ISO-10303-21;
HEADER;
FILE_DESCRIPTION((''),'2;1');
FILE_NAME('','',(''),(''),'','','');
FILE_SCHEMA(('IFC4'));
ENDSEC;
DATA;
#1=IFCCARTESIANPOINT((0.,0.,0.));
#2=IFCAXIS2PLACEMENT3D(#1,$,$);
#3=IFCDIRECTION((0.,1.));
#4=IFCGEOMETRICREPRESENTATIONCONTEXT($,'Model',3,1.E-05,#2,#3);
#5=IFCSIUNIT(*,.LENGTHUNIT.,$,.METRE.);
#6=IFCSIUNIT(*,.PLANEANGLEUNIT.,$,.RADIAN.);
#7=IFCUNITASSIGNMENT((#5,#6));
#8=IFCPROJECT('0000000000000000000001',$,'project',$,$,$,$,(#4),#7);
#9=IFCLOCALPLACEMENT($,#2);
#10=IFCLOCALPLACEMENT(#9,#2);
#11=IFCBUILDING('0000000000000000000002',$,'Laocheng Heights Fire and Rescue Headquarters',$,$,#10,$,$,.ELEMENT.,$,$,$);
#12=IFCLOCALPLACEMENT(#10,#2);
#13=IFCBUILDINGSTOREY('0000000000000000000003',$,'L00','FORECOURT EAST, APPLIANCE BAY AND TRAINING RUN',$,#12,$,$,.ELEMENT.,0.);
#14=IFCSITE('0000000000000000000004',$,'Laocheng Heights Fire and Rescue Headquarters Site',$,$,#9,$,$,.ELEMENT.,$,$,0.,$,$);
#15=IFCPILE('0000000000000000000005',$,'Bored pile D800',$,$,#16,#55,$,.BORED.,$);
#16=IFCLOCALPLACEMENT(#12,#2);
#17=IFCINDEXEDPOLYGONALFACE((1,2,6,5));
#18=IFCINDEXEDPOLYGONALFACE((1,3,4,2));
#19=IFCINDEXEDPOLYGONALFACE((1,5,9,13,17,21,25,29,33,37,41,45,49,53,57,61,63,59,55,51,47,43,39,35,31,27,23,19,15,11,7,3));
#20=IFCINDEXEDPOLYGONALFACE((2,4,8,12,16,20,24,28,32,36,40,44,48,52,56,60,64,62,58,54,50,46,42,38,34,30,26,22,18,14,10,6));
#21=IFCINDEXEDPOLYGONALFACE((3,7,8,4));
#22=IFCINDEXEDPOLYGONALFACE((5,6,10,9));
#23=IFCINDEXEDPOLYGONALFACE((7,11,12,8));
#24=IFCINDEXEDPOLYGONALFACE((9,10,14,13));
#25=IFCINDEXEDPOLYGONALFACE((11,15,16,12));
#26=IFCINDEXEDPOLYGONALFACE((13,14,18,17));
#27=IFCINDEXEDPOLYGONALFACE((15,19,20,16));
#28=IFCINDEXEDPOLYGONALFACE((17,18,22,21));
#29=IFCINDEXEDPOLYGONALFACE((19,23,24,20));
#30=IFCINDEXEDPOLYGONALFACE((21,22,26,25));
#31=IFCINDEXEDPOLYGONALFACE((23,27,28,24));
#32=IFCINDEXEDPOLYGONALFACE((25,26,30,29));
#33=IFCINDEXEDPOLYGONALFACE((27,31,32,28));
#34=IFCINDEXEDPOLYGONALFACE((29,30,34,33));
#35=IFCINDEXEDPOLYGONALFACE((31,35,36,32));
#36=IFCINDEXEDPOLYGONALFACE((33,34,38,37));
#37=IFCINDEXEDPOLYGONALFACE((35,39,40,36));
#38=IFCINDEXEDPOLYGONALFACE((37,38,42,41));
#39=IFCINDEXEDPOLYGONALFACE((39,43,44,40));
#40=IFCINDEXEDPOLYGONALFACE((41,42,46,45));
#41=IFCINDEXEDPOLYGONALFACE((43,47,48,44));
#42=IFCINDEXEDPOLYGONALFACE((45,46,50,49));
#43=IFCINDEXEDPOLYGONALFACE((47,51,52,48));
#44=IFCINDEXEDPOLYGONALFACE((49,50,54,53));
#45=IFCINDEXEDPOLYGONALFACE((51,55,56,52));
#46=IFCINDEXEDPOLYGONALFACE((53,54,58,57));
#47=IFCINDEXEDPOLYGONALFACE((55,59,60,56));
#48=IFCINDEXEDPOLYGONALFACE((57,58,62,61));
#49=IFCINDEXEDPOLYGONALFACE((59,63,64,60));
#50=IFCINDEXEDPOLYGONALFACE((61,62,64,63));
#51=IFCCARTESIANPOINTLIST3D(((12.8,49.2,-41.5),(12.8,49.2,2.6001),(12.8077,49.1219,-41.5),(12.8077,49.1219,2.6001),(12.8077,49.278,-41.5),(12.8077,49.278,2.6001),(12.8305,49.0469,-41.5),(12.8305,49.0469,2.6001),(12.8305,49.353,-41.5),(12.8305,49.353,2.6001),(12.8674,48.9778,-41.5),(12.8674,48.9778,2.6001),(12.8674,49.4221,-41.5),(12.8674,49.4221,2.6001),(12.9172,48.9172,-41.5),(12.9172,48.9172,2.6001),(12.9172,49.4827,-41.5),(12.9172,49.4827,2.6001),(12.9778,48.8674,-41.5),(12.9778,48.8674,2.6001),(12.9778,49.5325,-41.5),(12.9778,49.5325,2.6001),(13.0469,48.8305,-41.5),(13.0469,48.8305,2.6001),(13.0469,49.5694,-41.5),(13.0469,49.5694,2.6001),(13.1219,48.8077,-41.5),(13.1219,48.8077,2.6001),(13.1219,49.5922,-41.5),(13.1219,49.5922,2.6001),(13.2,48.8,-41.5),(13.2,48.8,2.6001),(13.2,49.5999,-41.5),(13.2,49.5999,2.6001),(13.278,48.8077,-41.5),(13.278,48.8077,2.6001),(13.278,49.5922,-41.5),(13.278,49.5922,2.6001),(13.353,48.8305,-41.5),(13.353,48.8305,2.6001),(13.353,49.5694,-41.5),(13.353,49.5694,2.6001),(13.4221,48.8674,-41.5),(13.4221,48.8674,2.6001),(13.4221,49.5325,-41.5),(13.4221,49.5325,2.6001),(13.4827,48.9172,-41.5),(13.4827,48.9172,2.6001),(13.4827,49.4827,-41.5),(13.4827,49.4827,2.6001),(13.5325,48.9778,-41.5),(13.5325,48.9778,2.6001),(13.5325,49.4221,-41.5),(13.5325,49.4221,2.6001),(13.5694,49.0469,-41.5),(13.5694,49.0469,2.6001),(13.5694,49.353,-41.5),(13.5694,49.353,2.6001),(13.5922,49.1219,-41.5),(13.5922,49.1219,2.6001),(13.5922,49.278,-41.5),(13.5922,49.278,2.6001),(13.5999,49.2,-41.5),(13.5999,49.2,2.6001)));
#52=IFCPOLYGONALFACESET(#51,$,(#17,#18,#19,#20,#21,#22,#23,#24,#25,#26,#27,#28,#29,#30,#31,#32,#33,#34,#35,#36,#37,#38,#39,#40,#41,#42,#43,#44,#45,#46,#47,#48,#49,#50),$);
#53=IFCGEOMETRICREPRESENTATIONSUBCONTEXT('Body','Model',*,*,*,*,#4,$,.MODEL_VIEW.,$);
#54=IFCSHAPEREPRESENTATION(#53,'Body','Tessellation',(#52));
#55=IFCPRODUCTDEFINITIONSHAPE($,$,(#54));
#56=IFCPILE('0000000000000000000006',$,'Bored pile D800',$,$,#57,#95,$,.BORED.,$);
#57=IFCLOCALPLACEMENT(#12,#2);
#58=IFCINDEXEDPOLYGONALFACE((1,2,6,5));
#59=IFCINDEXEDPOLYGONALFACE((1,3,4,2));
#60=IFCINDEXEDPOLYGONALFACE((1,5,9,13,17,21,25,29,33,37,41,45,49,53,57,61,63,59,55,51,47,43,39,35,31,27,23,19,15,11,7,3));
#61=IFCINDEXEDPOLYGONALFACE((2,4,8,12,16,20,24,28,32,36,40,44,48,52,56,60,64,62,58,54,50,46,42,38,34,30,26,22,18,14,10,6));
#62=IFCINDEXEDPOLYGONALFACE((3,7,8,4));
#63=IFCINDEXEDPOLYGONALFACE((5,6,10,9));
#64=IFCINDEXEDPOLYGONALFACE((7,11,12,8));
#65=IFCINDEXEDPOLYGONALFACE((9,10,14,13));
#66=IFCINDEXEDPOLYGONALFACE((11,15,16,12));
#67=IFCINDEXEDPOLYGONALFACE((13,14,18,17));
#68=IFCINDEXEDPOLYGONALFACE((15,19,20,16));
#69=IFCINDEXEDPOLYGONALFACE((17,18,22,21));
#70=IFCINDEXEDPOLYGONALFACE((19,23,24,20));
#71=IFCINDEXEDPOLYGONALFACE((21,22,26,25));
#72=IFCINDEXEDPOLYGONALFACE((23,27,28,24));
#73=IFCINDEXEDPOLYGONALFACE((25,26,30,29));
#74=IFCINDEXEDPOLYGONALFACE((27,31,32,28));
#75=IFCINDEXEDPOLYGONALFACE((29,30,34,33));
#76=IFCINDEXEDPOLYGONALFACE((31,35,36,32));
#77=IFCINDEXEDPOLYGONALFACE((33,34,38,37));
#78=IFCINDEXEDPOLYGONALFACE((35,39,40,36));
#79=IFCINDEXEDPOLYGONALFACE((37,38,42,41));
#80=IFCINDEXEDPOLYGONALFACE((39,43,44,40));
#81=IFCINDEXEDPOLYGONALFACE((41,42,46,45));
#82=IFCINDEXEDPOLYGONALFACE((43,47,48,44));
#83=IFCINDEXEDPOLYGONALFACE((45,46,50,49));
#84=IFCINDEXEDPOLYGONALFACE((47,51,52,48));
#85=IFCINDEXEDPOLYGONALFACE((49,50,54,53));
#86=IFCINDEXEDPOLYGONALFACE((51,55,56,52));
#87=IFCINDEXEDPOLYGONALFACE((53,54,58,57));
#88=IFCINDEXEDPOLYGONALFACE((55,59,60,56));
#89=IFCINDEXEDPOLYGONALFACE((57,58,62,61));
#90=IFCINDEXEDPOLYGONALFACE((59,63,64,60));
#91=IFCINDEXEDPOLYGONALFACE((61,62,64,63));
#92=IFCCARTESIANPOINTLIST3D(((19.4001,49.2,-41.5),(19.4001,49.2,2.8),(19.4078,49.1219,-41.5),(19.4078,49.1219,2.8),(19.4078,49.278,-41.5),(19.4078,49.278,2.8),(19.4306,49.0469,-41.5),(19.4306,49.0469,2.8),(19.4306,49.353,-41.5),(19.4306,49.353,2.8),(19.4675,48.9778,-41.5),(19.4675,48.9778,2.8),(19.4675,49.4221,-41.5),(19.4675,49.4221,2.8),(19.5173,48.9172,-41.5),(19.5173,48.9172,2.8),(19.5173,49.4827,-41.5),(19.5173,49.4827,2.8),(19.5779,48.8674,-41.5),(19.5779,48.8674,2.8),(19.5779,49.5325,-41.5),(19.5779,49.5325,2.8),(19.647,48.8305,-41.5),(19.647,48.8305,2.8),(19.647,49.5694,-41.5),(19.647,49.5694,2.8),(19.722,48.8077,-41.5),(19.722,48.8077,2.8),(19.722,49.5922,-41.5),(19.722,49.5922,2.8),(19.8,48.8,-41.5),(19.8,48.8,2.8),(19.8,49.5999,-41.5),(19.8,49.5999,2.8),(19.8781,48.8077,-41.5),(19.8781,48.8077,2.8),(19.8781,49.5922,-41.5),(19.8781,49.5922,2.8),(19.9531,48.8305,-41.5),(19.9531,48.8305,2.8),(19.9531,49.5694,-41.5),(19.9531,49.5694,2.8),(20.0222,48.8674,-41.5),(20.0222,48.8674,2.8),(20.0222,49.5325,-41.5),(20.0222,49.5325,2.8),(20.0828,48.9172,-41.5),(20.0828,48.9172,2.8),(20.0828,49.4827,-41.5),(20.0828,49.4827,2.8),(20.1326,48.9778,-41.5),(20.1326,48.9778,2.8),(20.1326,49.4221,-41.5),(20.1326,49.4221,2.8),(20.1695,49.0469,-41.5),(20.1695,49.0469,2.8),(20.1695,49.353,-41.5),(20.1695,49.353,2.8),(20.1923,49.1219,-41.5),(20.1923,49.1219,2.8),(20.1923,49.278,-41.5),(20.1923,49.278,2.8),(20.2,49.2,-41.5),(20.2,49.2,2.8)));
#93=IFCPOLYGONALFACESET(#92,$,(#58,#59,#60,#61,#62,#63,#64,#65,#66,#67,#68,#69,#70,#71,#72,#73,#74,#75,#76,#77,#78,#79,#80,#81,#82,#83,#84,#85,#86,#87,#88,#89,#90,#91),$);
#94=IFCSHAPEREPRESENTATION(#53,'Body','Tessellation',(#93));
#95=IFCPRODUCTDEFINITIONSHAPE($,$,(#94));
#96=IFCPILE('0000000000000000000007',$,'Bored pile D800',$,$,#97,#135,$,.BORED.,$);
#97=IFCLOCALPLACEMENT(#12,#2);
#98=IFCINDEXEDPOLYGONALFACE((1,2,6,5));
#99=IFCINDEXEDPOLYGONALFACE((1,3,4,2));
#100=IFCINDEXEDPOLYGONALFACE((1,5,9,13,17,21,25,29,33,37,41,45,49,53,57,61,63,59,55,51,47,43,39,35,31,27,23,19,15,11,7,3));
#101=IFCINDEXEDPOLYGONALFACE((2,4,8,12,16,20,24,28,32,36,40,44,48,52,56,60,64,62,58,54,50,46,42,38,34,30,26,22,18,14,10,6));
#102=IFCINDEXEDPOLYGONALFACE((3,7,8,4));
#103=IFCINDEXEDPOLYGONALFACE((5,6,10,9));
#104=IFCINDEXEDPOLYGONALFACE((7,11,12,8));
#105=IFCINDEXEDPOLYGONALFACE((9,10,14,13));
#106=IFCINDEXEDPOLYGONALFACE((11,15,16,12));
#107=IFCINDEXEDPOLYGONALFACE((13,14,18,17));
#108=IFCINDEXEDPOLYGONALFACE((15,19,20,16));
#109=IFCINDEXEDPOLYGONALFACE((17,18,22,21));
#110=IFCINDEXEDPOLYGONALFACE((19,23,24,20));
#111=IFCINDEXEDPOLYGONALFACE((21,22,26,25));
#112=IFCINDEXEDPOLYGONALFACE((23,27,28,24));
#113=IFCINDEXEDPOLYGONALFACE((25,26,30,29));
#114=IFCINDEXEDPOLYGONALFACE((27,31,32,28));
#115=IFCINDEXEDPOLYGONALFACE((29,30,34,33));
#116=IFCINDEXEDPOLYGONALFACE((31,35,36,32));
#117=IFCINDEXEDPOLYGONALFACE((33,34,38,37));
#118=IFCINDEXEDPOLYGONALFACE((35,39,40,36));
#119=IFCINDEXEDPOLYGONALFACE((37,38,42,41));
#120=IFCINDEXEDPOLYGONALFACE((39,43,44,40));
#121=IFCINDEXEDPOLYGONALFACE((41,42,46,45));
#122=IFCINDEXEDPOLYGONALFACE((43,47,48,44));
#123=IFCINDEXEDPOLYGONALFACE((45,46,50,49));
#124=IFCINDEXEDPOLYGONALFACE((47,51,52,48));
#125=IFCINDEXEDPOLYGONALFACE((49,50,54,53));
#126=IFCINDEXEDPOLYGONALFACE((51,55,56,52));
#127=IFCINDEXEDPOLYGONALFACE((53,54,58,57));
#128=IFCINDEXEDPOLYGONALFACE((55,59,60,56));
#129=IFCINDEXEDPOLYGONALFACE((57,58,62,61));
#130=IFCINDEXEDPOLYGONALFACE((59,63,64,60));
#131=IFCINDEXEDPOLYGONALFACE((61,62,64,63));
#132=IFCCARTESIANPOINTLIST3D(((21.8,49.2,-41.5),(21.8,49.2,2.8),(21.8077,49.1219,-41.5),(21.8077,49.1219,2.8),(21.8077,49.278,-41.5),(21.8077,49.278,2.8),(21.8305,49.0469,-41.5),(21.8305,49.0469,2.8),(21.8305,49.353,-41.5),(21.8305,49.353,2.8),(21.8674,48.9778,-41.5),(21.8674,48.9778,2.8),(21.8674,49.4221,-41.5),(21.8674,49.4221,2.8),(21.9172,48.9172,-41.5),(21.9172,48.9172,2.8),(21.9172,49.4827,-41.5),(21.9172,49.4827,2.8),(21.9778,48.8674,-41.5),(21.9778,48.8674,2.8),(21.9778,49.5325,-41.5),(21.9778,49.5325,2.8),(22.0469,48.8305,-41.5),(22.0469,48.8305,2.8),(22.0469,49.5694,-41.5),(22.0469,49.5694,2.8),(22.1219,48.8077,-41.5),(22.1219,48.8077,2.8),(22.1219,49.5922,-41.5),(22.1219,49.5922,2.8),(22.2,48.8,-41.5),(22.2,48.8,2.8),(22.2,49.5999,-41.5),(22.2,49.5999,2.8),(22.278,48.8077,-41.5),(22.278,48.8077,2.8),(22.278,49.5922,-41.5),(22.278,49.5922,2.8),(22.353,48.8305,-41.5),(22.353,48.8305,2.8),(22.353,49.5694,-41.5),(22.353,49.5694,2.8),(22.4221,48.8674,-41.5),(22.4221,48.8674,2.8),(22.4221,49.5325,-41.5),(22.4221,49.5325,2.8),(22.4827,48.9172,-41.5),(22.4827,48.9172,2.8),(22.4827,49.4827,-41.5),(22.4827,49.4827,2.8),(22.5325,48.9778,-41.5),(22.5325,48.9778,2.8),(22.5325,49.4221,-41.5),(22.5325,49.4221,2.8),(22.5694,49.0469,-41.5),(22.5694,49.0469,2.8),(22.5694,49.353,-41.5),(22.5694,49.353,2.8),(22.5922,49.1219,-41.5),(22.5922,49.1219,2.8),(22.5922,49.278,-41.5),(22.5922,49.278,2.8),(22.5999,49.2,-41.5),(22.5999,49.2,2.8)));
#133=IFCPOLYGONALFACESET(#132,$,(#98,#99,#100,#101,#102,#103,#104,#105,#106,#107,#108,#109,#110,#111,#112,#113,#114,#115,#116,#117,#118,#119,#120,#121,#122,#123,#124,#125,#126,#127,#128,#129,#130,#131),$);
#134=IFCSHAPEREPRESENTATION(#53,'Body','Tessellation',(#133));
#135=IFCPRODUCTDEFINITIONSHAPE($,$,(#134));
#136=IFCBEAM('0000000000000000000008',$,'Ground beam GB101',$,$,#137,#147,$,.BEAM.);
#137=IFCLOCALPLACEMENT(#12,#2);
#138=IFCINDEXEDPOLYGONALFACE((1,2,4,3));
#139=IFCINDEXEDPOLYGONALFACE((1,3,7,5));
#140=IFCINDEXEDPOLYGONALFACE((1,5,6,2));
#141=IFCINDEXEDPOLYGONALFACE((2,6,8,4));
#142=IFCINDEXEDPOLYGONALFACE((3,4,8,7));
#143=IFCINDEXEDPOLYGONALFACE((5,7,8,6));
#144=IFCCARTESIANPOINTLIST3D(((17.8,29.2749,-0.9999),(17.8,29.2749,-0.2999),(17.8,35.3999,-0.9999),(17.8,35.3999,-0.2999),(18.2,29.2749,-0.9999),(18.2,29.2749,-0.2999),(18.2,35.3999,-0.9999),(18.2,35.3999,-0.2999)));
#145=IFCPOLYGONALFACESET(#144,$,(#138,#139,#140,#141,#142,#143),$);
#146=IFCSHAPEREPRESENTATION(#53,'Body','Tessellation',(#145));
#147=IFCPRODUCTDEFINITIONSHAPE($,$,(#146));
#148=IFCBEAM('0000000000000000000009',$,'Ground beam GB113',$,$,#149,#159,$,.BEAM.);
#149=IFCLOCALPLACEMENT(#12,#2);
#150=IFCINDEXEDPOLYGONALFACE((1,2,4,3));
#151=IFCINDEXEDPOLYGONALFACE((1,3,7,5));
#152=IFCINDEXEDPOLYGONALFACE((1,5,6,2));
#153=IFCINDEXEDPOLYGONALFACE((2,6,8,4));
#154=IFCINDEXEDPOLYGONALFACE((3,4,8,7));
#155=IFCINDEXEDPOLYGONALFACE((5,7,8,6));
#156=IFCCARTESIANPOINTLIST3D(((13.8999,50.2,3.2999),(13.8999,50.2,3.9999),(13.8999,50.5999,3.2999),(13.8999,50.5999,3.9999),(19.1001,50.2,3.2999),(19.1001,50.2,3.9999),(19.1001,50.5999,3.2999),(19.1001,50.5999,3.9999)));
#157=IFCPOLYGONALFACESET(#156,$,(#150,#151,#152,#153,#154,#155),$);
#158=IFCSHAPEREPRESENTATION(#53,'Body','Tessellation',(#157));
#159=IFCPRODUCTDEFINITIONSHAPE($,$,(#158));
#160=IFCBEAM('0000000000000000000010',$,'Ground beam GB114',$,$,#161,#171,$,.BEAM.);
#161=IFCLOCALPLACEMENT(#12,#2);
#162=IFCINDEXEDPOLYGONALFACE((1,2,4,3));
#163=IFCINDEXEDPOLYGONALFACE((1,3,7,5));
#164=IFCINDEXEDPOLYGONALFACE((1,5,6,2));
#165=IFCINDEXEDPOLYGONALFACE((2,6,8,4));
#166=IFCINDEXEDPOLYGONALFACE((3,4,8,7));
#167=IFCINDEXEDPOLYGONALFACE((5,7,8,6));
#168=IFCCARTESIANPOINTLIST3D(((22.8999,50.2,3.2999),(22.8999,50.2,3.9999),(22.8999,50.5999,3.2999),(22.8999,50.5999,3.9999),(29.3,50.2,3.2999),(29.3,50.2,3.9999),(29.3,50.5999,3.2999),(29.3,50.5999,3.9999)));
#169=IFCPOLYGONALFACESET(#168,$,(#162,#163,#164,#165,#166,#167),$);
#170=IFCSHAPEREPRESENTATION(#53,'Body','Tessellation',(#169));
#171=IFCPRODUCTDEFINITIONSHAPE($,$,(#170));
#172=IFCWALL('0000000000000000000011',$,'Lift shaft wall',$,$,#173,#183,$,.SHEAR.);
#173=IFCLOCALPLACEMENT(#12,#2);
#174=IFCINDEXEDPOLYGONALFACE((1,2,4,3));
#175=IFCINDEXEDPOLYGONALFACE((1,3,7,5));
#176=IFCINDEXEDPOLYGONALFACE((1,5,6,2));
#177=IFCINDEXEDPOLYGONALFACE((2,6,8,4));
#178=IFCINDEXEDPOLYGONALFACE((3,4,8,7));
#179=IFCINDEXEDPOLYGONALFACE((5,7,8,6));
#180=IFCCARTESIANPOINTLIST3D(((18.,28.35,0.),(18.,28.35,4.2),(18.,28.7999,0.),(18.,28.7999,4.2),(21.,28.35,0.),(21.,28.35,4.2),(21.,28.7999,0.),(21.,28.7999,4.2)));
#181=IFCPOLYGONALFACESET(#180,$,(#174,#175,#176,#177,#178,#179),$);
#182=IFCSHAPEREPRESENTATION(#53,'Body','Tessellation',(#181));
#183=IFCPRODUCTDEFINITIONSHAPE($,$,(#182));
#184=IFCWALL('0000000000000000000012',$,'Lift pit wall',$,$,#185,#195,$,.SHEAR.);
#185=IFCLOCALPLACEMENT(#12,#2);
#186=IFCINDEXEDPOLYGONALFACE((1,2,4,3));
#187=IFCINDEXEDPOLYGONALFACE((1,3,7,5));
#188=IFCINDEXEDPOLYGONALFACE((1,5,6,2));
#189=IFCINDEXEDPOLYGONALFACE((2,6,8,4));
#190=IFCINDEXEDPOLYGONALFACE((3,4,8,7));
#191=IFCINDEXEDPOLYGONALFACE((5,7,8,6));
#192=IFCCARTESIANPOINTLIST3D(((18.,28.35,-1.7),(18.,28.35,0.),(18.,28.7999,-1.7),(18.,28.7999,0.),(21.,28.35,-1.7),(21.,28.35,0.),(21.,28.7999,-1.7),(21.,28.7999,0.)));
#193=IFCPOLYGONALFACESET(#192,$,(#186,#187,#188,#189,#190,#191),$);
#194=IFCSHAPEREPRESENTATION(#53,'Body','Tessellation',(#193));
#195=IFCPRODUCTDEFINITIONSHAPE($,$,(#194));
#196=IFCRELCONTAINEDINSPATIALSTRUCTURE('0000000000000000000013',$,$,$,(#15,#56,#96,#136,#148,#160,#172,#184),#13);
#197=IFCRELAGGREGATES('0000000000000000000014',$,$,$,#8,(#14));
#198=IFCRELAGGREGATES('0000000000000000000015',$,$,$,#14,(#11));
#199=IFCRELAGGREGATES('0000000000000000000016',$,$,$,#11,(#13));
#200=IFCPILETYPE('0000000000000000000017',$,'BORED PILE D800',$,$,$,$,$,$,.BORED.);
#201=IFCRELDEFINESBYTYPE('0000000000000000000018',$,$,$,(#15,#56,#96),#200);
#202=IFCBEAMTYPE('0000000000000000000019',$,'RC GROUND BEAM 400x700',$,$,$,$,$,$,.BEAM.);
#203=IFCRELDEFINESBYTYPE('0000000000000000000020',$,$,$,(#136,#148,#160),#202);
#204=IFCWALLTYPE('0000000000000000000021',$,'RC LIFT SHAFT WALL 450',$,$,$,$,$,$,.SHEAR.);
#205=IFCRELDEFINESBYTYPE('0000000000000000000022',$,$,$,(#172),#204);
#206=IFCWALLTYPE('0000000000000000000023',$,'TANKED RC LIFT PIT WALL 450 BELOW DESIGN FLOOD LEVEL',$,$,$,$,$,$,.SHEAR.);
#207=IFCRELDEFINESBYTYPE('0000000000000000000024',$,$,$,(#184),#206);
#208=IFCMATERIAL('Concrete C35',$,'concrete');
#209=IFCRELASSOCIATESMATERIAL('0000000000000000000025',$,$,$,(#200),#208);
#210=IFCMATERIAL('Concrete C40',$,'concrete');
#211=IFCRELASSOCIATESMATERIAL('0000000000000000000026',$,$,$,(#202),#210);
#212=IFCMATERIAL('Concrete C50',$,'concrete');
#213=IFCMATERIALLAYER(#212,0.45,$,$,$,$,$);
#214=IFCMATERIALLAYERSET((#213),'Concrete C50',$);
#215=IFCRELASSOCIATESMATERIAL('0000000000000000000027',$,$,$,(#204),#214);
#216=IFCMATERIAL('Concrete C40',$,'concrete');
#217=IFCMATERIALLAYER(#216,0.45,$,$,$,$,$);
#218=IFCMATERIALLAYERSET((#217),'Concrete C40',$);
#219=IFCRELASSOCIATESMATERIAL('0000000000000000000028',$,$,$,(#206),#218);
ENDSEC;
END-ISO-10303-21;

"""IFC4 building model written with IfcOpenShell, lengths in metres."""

from ifc_helpers import new_model, si_unit, direction, frame, frame_2d, origin, origin_2d, place, context, subcontext, project, spatial, rectangle, circle, extrude, material, layer, layer_set, material_profile, profile_set, type_object, element, save


model = new_model("IFC4")

# Units and contexts
model_context = context("Model", 3, precision=1e-05, world=origin(), true_north=direction((0.0, 1.0)))
body_context = subcontext(model_context, "Body", "Model", "MODEL_VIEW")
ifc_project = project(units=[si_unit("LENGTHUNIT", "METRE"), si_unit("PLANEANGLEUNIT", "RADIAN")], contexts=[model_context])

# Site, building, storey
site_placement = place(None, origin())
site = spatial("IfcSite", under=ifc_project, at=site_placement, Name="Laocheng Heights Fire and Rescue Headquarters Site", CompositionType="ELEMENT", RefElevation=0.0)
building_placement = place(site_placement, origin())
building = spatial("IfcBuilding", under=site, at=building_placement, Name="Laocheng Heights Fire and Rescue Headquarters", CompositionType="ELEMENT")
storey_placement = place(building_placement, origin())
storey = spatial("IfcBuildingStorey", under=building, at=storey_placement, Name="L00", Description="FORECOURT EAST, APPLIANCE BAY AND TRAINING RUN", CompositionType="ELEMENT", Elevation=0.0)

# Piles
ifc_material_1 = material(Name="Concrete C35", Category="concrete")
ifc_material_profile_1 = material_profile(ifc_material_1, circle(Radius=0.3999, at=origin_2d()), Name="BORED PILE D800")
ifc_profile_set_1 = profile_set([ifc_material_profile_1], Name="Concrete C35")
pile_type_1 = type_object("IfcPileType", Name="BORED PILE D800", PredefinedType="BORED", material=ifc_profile_set_1)
for number, where, z_axis, x_axis, name in (
    (1, (13.2, 49.2, 2.6001), (0.0, 0.0, -1.0), (1.0, 0.0, 0.0), "Bored pile D800"),
):
    element("IfcPile", number, at=place(storey_placement, frame(where, z_axis=z_axis, x_axis=x_axis)), inside=storey, type_object=pile_type_1, Name=name, PredefinedType="BORED", context=body_context, shape_type="SweptSolid", body=[
        extrude(circle(Radius=0.3999, at=origin_2d()), origin(), (0.0, 0.0, 1.0), 44.1001),
    ])
for number, where, z_axis, x_axis, name in (
    (2, (19.8, 49.2, 2.8), (0.0, 0.0, -1.0), (1.0, 0.0, 0.0), "Bored pile D800"),
    (3, (22.2, 49.2, 2.8), (0.0, 0.0, -1.0), (1.0, 0.0, 0.0), "Bored pile D800"),
):
    element("IfcPile", number, at=place(storey_placement, frame(where, z_axis=z_axis, x_axis=x_axis)), inside=storey, type_object=pile_type_1, Name=name, PredefinedType="BORED", context=body_context, shape_type="SweptSolid", body=[
        extrude(circle(Radius=0.3999, at=origin_2d()), origin(), (0.0, 0.0, 1.0), 44.3),
    ])

# Beams
ifc_material_2 = material(Name="Concrete C40", Category="concrete")
ifc_material_profile_2 = material_profile(ifc_material_2, rectangle(XDim=0.3999, YDim=0.7, at=origin_2d()), Name="RC GROUND BEAM 400x700")
ifc_profile_set_2 = profile_set([ifc_material_profile_2], Name="Concrete C40")
beam_type = type_object("IfcBeamType", Name="RC GROUND BEAM 400x700", PredefinedType="BEAM", material=ifc_profile_set_2)
beam_1_placement = place(storey_placement, frame((18.0, 29.2749, -0.6499), z_axis=(0.0, 1.0, 0.0), x_axis=(-1.0, 0.0, 0.0)))
element("IfcBeam", 4, at=beam_1_placement, inside=storey, type_object=beam_type, Name="Ground beam GB101", PredefinedType="BEAM", context=body_context, shape_type="SweptSolid", body=[
    extrude(rectangle(XDim=0.3999, YDim=0.7, at=origin_2d()), origin(), (0.0, 0.0, 1.0), 6.125),
])
beam_2_placement = place(storey_placement, frame((13.8999, 50.3999, 3.6499), z_axis=(1.0, 0.0, 0.0), x_axis=(0.0, 1.0, 0.0)))
element("IfcBeam", 5, at=beam_2_placement, inside=storey, type_object=beam_type, Name="Ground beam GB113", PredefinedType="BEAM", context=body_context, shape_type="SweptSolid", body=[
    extrude(rectangle(XDim=0.3999, YDim=0.7, at=origin_2d()), origin(), (0.0, 0.0, 1.0), 5.2002),
])
beam_3_placement = place(storey_placement, frame((22.8999, 50.3999, 3.6499), z_axis=(1.0, 0.0, 0.0), x_axis=(0.0, 1.0, 0.0)))
element("IfcBeam", 6, at=beam_3_placement, inside=storey, type_object=beam_type, Name="Ground beam GB114", PredefinedType="BEAM", context=body_context, shape_type="SweptSolid", body=[
    extrude(rectangle(XDim=0.3999, YDim=0.7, at=origin_2d()), origin(), (0.0, 0.0, 1.0), 6.4001),
])

# Walls
ifc_material_3 = material(Name="Concrete C50", Category="concrete")
ifc_layer_1 = layer(ifc_material_3, 0.45)
ifc_layer_set_1 = layer_set([ifc_layer_1], Name="Concrete C50")
wall_type_1 = type_object("IfcWallType", Name="RC LIFT SHAFT WALL 450", PredefinedType="SHEAR", material=ifc_layer_set_1)
wall_1_placement = place(storey_placement, frame((18.0, 28.575, 0.0), z_axis=(0.0, 0.0, 1.0), x_axis=(1.0, 0.0, 0.0)))
element("IfcWall", 7, at=wall_1_placement, inside=storey, type_object=wall_type_1, Name="Lift shaft wall", PredefinedType="SHEAR", context=body_context, shape_type="SweptSolid", body=[
    extrude(rectangle(XDim=3.0, YDim=0.45, at=frame_2d((1.5, 0.0))), origin(), (0.0, 0.0, 1.0), 4.2),
])
ifc_material_4 = material(Name="Concrete C40", Category="concrete")
ifc_layer_2 = layer(ifc_material_4, 0.45)
ifc_layer_set_2 = layer_set([ifc_layer_2], Name="Concrete C40")
wall_type_2 = type_object("IfcWallType", Name="TANKED RC LIFT PIT WALL 450 BELOW DESIGN FLOOD LEVEL", PredefinedType="SHEAR", material=ifc_layer_set_2)
wall_2_placement = place(storey_placement, frame((18.0, 28.575, -1.7), z_axis=(0.0, 0.0, 1.0), x_axis=(1.0, 0.0, 0.0)))
element("IfcWall", 8, at=wall_2_placement, inside=storey, type_object=wall_type_2, Name="Lift pit wall", PredefinedType="SHEAR", context=body_context, shape_type="SweptSolid", body=[
    extrude(rectangle(XDim=3.0, YDim=0.45, at=frame_2d((1.5, 0.0))), origin(), (0.0, 0.0, 1.0), 1.7),
])

save(model, "model.ifc")
